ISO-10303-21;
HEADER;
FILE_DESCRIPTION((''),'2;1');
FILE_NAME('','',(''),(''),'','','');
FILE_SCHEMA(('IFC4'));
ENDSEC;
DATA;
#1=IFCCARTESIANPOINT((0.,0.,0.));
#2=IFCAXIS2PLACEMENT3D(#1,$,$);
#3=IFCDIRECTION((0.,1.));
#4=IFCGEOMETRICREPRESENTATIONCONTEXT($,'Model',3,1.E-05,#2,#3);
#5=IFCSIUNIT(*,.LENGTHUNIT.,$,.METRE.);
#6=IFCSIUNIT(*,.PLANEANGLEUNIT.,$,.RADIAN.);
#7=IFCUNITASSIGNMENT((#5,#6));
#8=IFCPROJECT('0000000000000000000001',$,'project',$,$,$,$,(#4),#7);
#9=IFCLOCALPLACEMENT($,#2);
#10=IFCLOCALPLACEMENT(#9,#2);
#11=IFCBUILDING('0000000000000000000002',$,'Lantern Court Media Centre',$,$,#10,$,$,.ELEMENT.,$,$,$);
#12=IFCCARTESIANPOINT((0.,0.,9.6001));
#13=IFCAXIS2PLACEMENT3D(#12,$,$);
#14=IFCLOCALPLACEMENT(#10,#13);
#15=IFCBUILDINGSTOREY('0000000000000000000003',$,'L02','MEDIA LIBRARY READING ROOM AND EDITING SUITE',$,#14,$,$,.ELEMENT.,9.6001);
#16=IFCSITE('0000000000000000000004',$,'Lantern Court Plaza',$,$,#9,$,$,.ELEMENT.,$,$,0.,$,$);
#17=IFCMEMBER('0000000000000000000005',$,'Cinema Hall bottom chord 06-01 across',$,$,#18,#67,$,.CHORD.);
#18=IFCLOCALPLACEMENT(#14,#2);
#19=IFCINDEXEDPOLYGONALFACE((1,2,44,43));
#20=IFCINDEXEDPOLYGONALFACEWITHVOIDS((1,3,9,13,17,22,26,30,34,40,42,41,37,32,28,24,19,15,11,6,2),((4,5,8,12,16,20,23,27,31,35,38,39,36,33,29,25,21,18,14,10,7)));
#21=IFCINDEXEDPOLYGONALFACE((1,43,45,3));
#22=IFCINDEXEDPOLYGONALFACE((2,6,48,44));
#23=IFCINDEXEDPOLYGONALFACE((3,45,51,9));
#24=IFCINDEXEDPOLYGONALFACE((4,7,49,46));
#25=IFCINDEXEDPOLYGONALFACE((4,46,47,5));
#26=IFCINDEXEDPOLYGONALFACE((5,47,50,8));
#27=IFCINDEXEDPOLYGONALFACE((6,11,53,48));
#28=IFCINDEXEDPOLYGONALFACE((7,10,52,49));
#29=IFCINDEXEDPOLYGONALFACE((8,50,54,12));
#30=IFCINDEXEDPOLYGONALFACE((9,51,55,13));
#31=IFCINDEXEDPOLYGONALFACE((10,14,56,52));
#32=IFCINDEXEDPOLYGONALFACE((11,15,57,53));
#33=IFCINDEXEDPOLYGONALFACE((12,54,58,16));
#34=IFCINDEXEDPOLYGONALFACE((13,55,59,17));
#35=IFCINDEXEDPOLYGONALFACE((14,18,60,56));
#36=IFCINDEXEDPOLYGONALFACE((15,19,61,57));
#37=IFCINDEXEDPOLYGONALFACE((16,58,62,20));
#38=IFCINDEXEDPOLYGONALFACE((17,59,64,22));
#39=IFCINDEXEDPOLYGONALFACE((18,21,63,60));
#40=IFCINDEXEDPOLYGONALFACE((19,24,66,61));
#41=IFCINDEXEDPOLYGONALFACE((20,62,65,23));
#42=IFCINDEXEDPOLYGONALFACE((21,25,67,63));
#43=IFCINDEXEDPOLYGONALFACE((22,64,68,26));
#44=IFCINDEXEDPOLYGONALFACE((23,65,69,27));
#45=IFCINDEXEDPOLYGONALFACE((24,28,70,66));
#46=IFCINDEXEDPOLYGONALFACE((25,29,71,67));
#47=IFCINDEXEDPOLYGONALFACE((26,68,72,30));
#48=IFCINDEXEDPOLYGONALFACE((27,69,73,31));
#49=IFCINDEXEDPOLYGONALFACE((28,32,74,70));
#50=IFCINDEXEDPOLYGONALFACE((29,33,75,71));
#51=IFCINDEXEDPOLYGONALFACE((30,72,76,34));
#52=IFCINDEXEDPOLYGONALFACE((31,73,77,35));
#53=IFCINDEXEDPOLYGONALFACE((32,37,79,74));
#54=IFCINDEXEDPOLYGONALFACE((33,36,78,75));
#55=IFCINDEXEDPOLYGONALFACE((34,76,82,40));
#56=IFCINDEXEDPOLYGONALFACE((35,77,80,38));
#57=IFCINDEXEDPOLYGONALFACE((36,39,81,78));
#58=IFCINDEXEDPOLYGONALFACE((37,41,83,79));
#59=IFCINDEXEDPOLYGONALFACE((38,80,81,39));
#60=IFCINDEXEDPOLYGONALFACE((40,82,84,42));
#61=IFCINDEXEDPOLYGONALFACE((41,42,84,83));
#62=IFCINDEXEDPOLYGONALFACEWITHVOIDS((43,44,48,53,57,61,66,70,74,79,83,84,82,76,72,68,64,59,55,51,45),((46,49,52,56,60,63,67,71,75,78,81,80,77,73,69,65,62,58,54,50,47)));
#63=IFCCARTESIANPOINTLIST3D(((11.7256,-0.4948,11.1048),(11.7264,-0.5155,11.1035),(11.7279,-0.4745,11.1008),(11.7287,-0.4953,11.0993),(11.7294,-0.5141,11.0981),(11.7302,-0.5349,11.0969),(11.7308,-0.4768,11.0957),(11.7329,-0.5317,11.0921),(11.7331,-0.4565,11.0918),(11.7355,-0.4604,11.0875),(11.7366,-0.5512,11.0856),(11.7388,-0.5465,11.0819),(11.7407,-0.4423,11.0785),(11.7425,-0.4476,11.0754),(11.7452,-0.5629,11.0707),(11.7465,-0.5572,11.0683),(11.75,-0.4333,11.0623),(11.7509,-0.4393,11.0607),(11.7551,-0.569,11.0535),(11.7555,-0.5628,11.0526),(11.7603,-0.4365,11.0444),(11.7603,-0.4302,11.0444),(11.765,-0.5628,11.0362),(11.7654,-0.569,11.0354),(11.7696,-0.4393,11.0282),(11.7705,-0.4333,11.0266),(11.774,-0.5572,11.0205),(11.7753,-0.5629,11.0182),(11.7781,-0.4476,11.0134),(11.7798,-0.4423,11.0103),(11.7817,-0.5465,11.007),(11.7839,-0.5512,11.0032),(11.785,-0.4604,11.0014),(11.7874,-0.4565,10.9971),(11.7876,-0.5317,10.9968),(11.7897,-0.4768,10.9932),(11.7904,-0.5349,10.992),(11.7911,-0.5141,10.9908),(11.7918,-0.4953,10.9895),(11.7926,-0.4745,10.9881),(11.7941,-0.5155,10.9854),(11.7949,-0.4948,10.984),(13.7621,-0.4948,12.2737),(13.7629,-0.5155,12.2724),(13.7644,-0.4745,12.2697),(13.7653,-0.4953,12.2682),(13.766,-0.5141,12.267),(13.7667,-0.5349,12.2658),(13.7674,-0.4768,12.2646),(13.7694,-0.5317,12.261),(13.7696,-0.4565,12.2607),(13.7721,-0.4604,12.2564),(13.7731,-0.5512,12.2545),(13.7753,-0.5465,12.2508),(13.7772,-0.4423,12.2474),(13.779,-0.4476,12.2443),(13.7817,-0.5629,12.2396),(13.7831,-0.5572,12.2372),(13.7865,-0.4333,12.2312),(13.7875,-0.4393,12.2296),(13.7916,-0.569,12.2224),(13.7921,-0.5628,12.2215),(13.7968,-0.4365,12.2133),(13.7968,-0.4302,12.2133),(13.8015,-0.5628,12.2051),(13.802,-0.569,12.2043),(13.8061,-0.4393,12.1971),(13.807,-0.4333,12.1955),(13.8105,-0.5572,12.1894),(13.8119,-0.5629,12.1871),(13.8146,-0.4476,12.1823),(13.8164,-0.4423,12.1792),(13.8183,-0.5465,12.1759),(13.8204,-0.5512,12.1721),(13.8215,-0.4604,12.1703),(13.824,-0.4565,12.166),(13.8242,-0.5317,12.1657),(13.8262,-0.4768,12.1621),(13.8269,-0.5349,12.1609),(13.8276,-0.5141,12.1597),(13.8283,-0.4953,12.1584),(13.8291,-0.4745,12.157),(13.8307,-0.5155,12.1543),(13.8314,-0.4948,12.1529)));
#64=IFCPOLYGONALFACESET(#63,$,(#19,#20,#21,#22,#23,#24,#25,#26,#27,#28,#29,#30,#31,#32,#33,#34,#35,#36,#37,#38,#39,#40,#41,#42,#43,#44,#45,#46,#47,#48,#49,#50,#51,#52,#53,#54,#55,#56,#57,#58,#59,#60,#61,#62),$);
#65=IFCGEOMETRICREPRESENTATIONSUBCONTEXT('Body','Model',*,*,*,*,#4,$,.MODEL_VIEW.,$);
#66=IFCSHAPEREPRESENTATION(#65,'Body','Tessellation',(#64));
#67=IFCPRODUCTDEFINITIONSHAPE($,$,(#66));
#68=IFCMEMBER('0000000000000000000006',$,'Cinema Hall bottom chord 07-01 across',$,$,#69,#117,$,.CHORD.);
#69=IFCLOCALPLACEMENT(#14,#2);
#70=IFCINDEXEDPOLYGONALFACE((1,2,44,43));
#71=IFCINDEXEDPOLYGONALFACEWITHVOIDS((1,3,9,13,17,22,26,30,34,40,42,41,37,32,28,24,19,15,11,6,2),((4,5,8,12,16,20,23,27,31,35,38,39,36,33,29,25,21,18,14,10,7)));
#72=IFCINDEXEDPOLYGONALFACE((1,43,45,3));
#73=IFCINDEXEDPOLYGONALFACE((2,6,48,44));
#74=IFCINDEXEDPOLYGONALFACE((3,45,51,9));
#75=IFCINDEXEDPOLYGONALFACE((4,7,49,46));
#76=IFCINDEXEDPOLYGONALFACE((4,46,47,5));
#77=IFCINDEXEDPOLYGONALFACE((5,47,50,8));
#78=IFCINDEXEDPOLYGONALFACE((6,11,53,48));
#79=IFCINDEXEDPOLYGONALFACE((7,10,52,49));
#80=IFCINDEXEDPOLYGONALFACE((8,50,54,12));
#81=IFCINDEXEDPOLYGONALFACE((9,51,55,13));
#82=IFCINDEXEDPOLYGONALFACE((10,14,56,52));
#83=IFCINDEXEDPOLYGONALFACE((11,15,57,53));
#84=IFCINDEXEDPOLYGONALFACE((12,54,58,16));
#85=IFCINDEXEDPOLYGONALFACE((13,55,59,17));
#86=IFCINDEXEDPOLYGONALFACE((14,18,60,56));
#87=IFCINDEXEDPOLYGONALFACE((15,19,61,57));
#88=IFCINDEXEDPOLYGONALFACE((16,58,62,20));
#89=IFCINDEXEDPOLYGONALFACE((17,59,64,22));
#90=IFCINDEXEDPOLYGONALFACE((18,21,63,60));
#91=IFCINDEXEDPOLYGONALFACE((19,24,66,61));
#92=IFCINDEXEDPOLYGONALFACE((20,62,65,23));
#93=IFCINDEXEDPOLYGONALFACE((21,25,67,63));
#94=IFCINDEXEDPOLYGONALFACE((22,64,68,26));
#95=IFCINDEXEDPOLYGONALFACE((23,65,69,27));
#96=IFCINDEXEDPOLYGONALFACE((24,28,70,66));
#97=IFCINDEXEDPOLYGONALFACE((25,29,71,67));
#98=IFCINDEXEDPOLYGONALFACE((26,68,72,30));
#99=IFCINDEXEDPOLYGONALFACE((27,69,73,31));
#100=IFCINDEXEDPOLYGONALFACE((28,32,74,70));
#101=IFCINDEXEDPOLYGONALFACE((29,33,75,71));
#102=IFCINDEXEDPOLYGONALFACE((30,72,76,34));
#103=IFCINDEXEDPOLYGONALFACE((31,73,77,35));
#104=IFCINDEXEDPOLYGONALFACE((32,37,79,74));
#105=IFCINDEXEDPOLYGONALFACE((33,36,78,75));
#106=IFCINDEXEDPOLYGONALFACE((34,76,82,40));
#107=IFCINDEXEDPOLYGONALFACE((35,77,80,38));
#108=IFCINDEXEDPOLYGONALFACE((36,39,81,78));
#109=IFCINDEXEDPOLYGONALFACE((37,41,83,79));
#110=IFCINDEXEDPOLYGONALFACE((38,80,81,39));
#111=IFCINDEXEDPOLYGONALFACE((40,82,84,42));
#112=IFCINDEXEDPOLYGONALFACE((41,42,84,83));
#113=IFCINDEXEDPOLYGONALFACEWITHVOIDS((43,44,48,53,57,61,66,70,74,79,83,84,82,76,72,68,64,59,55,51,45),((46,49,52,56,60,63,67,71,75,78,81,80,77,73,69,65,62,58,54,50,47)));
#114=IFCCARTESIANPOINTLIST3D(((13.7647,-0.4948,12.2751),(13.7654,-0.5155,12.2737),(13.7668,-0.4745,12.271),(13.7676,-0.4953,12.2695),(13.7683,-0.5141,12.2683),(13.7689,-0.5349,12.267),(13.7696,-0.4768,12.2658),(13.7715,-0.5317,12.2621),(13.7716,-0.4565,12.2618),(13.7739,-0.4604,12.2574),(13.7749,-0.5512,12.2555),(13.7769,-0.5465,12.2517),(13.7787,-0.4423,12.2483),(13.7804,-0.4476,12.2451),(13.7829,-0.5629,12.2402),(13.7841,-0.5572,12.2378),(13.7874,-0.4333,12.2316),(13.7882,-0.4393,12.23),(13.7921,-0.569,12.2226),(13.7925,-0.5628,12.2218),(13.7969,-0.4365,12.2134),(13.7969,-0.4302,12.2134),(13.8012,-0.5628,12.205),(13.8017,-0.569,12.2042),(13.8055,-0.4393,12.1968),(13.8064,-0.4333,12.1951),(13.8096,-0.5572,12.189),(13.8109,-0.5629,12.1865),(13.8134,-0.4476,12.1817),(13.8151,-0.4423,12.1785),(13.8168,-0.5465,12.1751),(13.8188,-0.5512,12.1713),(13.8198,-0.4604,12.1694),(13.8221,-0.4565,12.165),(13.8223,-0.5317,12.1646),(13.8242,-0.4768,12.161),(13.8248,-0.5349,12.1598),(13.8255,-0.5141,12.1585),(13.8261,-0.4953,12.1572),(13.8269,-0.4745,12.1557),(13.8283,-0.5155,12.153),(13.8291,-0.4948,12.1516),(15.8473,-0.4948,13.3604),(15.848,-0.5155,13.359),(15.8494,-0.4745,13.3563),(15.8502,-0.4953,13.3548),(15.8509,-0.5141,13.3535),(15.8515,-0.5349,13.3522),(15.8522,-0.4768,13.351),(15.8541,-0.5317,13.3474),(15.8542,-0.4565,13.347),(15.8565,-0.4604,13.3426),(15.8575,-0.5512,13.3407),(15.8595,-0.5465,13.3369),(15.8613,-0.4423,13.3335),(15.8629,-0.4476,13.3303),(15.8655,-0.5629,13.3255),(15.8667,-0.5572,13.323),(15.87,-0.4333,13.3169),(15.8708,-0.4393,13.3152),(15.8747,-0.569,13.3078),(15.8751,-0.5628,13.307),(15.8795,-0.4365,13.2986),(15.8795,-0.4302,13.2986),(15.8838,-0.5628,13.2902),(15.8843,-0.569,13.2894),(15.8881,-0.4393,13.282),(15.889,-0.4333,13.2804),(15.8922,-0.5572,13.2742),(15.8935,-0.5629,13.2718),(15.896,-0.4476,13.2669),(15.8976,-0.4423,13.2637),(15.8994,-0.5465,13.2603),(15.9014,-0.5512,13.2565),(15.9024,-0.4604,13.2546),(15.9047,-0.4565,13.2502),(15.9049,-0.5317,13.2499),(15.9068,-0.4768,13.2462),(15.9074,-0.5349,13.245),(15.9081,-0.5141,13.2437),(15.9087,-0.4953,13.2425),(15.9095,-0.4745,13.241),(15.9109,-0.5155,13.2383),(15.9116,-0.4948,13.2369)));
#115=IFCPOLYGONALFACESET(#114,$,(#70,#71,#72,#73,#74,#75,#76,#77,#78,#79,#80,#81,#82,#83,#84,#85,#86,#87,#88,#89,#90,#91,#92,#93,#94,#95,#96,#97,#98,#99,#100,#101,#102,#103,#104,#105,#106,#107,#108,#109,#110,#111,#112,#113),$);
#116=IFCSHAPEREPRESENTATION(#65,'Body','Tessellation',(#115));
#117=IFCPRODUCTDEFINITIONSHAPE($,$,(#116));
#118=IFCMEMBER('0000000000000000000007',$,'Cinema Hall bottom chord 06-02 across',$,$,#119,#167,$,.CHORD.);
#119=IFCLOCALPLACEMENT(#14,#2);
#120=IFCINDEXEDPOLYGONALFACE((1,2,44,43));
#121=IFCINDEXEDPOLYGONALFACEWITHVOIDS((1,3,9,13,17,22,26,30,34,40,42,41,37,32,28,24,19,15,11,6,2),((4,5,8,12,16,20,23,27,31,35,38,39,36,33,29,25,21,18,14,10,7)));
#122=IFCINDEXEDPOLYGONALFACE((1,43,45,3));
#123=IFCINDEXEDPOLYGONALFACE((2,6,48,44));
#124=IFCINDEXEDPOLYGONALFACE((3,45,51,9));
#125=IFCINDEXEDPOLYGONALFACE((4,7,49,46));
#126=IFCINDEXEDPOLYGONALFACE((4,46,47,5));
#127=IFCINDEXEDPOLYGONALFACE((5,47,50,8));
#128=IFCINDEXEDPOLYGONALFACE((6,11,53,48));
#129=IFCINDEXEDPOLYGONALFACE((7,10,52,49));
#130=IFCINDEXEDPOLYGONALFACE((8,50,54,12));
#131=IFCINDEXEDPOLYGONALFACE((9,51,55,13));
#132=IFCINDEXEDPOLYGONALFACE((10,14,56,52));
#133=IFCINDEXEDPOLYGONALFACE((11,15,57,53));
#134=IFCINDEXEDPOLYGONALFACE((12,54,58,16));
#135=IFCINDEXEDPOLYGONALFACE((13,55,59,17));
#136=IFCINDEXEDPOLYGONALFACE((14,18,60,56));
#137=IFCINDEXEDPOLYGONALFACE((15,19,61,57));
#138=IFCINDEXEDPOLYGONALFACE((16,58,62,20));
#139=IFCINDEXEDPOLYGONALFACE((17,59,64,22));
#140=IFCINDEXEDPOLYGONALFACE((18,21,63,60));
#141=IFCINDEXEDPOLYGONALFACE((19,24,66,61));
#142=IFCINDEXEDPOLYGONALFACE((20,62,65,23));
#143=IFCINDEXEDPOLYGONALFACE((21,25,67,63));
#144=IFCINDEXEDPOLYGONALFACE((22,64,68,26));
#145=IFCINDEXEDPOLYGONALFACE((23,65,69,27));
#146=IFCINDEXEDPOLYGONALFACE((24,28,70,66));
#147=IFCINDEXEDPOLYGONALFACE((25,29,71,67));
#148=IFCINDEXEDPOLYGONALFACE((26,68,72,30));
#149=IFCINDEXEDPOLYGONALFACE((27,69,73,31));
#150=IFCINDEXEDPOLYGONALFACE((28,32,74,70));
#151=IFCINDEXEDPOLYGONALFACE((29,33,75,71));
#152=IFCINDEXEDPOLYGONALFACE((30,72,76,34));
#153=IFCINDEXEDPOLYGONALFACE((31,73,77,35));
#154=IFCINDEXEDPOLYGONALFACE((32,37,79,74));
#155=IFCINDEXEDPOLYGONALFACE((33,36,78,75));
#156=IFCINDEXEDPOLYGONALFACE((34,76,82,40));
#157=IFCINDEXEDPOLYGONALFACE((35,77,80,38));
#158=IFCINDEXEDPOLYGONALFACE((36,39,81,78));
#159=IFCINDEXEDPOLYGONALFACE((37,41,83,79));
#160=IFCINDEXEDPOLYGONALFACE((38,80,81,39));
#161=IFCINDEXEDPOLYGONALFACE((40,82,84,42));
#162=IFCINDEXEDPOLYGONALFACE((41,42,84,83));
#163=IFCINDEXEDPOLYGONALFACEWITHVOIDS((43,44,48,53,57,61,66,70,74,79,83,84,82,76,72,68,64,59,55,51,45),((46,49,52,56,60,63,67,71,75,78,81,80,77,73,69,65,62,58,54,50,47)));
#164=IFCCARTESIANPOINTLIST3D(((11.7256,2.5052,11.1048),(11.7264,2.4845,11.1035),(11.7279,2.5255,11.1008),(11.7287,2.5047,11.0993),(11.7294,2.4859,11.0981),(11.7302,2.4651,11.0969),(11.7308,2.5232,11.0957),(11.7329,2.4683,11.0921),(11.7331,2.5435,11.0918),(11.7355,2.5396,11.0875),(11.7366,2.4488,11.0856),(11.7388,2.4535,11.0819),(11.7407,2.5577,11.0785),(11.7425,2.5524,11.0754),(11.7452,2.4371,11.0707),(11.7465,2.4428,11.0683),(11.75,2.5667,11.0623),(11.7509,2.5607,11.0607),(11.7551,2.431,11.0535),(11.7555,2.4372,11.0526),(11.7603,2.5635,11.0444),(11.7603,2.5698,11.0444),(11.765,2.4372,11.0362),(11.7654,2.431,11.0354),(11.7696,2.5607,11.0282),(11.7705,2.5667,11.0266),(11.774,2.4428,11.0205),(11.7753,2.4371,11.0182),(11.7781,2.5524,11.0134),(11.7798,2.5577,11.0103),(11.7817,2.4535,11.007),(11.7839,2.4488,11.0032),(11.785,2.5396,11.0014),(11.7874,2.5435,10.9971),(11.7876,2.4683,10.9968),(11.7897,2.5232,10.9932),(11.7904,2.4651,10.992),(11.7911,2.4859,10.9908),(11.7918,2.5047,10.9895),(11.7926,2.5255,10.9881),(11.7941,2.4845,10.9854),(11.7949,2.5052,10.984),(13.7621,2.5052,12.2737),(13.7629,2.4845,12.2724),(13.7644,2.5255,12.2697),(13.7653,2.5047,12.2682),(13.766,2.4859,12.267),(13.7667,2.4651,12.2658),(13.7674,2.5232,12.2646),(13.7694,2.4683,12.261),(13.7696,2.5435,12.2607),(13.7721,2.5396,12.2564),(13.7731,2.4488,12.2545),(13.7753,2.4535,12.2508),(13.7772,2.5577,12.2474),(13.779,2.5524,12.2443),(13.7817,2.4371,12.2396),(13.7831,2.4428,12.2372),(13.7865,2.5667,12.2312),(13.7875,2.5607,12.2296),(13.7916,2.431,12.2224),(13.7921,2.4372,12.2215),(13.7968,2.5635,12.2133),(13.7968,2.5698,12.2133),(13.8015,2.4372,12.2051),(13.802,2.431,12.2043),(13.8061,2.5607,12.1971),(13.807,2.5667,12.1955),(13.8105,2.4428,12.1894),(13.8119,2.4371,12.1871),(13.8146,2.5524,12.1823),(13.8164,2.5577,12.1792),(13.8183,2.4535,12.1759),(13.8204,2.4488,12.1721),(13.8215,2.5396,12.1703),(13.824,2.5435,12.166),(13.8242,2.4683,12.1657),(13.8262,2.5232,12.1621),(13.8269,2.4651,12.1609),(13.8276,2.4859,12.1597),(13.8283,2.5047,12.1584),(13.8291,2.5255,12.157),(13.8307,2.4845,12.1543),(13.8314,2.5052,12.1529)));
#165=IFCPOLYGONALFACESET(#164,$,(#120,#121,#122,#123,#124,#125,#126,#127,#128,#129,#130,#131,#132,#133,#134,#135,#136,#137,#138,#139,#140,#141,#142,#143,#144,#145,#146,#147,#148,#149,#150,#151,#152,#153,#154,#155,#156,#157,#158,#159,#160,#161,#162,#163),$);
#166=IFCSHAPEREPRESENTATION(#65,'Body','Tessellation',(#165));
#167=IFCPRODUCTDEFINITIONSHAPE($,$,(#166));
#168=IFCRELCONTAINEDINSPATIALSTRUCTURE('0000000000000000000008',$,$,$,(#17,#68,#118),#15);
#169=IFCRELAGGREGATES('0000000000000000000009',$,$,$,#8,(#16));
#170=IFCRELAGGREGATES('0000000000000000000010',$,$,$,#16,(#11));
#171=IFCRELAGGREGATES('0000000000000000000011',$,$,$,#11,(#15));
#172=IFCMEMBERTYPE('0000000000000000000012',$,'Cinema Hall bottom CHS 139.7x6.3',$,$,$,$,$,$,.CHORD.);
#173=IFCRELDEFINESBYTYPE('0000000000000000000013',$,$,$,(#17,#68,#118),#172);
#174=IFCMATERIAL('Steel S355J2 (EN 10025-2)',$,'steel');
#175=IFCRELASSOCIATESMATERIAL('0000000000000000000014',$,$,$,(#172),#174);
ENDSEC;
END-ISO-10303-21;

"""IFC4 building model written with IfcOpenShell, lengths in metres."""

from ifc_helpers import new_model, si_unit, direction, frame, origin, origin_2d, place, context, subcontext, project, spatial, hollow_circle, extrude, material, material_profile, profile_set, type_object, element, save


model = new_model("IFC4")

# Units and contexts
model_context = context("Model", 3, precision=1e-05, world=origin(), true_north=direction((0.0, 1.0)))
body_context = subcontext(model_context, "Body", "Model", "MODEL_VIEW")
ifc_project = project(units=[si_unit("LENGTHUNIT", "METRE"), si_unit("PLANEANGLEUNIT", "RADIAN")], contexts=[model_context])

# Site, building, storey
site_placement = place(None, origin())
site = spatial("IfcSite", under=ifc_project, at=site_placement, Name="Lantern Court Plaza", CompositionType="ELEMENT", RefElevation=0.0)
building_placement = place(site_placement, origin())
building = spatial("IfcBuilding", under=site, at=building_placement, Name="Lantern Court Media Centre", CompositionType="ELEMENT")
storey_placement = place(building_placement, frame((0.0, 0.0, 9.6001)))
storey = spatial("IfcBuildingStorey", under=building, at=storey_placement, Name="L02", Description="MEDIA LIBRARY READING ROOM AND EDITING SUITE", CompositionType="ELEMENT", Elevation=9.6001)

# Members
ifc_material = material(Name="Steel S355J2 (EN 10025-2)", Category="steel")
ifc_material_profile_1 = material_profile(ifc_material, hollow_circle(Radius=0.0698, WallThickness=0.0063, at=origin_2d()), Name="Cinema Hall bottom CHS 139.7x6.3")
ifc_profile_set_1 = profile_set([ifc_material_profile_1], Name="Steel S355J2 (EN 10025-2)")
member_type_1 = type_object("IfcMemberType", Name="Cinema Hall bottom CHS 139.7x6.3", PredefinedType="CHORD", material=ifc_profile_set_1)
member_1_placement = place(storey_placement, frame((11.7603, -0.5, 11.0444), z_axis=(0.867295, 0.0, 0.497795), x_axis=(0.0, 1.0, 0.0)))
element("IfcMember", 1, at=member_1_placement, inside=storey, type_object=member_type_1, Name="Cinema Hall bottom chord 06-01 across", PredefinedType="CHORD", context=body_context, shape_type="SweptSolid", body=[
    extrude(hollow_circle(Radius=0.0698, WallThickness=0.0063, at=origin_2d()), origin(), (0.0, 0.0, 1.0), 2.3481),
])
member_2_placement = place(storey_placement, frame((13.7969, -0.5, 12.2134), z_axis=(0.886816, 0.0, 0.462122), x_axis=(0.0, 1.0, 0.0)))
element("IfcMember", 2, at=member_2_placement, inside=storey, type_object=member_type_1, Name="Cinema Hall bottom chord 07-01 across", PredefinedType="CHORD", context=body_context, shape_type="SweptSolid", body=[
    extrude(hollow_circle(Radius=0.0698, WallThickness=0.0063, at=origin_2d()), origin(), (0.0, 0.0, 1.0), 2.3484),
])
member_3_placement = place(storey_placement, frame((11.7603, 2.5, 11.0444), z_axis=(0.867295, 0.0, 0.497795), x_axis=(0.0, 1.0, 0.0)))
element("IfcMember", 3, at=member_3_placement, inside=storey, type_object=member_type_1, Name="Cinema Hall bottom chord 06-02 across", PredefinedType="CHORD", context=body_context, shape_type="SweptSolid", body=[
    extrude(hollow_circle(Radius=0.0698, WallThickness=0.0063, at=origin_2d()), origin(), (0.0, 0.0, 1.0), 2.3481),
])

save(model, "model.ifc")
